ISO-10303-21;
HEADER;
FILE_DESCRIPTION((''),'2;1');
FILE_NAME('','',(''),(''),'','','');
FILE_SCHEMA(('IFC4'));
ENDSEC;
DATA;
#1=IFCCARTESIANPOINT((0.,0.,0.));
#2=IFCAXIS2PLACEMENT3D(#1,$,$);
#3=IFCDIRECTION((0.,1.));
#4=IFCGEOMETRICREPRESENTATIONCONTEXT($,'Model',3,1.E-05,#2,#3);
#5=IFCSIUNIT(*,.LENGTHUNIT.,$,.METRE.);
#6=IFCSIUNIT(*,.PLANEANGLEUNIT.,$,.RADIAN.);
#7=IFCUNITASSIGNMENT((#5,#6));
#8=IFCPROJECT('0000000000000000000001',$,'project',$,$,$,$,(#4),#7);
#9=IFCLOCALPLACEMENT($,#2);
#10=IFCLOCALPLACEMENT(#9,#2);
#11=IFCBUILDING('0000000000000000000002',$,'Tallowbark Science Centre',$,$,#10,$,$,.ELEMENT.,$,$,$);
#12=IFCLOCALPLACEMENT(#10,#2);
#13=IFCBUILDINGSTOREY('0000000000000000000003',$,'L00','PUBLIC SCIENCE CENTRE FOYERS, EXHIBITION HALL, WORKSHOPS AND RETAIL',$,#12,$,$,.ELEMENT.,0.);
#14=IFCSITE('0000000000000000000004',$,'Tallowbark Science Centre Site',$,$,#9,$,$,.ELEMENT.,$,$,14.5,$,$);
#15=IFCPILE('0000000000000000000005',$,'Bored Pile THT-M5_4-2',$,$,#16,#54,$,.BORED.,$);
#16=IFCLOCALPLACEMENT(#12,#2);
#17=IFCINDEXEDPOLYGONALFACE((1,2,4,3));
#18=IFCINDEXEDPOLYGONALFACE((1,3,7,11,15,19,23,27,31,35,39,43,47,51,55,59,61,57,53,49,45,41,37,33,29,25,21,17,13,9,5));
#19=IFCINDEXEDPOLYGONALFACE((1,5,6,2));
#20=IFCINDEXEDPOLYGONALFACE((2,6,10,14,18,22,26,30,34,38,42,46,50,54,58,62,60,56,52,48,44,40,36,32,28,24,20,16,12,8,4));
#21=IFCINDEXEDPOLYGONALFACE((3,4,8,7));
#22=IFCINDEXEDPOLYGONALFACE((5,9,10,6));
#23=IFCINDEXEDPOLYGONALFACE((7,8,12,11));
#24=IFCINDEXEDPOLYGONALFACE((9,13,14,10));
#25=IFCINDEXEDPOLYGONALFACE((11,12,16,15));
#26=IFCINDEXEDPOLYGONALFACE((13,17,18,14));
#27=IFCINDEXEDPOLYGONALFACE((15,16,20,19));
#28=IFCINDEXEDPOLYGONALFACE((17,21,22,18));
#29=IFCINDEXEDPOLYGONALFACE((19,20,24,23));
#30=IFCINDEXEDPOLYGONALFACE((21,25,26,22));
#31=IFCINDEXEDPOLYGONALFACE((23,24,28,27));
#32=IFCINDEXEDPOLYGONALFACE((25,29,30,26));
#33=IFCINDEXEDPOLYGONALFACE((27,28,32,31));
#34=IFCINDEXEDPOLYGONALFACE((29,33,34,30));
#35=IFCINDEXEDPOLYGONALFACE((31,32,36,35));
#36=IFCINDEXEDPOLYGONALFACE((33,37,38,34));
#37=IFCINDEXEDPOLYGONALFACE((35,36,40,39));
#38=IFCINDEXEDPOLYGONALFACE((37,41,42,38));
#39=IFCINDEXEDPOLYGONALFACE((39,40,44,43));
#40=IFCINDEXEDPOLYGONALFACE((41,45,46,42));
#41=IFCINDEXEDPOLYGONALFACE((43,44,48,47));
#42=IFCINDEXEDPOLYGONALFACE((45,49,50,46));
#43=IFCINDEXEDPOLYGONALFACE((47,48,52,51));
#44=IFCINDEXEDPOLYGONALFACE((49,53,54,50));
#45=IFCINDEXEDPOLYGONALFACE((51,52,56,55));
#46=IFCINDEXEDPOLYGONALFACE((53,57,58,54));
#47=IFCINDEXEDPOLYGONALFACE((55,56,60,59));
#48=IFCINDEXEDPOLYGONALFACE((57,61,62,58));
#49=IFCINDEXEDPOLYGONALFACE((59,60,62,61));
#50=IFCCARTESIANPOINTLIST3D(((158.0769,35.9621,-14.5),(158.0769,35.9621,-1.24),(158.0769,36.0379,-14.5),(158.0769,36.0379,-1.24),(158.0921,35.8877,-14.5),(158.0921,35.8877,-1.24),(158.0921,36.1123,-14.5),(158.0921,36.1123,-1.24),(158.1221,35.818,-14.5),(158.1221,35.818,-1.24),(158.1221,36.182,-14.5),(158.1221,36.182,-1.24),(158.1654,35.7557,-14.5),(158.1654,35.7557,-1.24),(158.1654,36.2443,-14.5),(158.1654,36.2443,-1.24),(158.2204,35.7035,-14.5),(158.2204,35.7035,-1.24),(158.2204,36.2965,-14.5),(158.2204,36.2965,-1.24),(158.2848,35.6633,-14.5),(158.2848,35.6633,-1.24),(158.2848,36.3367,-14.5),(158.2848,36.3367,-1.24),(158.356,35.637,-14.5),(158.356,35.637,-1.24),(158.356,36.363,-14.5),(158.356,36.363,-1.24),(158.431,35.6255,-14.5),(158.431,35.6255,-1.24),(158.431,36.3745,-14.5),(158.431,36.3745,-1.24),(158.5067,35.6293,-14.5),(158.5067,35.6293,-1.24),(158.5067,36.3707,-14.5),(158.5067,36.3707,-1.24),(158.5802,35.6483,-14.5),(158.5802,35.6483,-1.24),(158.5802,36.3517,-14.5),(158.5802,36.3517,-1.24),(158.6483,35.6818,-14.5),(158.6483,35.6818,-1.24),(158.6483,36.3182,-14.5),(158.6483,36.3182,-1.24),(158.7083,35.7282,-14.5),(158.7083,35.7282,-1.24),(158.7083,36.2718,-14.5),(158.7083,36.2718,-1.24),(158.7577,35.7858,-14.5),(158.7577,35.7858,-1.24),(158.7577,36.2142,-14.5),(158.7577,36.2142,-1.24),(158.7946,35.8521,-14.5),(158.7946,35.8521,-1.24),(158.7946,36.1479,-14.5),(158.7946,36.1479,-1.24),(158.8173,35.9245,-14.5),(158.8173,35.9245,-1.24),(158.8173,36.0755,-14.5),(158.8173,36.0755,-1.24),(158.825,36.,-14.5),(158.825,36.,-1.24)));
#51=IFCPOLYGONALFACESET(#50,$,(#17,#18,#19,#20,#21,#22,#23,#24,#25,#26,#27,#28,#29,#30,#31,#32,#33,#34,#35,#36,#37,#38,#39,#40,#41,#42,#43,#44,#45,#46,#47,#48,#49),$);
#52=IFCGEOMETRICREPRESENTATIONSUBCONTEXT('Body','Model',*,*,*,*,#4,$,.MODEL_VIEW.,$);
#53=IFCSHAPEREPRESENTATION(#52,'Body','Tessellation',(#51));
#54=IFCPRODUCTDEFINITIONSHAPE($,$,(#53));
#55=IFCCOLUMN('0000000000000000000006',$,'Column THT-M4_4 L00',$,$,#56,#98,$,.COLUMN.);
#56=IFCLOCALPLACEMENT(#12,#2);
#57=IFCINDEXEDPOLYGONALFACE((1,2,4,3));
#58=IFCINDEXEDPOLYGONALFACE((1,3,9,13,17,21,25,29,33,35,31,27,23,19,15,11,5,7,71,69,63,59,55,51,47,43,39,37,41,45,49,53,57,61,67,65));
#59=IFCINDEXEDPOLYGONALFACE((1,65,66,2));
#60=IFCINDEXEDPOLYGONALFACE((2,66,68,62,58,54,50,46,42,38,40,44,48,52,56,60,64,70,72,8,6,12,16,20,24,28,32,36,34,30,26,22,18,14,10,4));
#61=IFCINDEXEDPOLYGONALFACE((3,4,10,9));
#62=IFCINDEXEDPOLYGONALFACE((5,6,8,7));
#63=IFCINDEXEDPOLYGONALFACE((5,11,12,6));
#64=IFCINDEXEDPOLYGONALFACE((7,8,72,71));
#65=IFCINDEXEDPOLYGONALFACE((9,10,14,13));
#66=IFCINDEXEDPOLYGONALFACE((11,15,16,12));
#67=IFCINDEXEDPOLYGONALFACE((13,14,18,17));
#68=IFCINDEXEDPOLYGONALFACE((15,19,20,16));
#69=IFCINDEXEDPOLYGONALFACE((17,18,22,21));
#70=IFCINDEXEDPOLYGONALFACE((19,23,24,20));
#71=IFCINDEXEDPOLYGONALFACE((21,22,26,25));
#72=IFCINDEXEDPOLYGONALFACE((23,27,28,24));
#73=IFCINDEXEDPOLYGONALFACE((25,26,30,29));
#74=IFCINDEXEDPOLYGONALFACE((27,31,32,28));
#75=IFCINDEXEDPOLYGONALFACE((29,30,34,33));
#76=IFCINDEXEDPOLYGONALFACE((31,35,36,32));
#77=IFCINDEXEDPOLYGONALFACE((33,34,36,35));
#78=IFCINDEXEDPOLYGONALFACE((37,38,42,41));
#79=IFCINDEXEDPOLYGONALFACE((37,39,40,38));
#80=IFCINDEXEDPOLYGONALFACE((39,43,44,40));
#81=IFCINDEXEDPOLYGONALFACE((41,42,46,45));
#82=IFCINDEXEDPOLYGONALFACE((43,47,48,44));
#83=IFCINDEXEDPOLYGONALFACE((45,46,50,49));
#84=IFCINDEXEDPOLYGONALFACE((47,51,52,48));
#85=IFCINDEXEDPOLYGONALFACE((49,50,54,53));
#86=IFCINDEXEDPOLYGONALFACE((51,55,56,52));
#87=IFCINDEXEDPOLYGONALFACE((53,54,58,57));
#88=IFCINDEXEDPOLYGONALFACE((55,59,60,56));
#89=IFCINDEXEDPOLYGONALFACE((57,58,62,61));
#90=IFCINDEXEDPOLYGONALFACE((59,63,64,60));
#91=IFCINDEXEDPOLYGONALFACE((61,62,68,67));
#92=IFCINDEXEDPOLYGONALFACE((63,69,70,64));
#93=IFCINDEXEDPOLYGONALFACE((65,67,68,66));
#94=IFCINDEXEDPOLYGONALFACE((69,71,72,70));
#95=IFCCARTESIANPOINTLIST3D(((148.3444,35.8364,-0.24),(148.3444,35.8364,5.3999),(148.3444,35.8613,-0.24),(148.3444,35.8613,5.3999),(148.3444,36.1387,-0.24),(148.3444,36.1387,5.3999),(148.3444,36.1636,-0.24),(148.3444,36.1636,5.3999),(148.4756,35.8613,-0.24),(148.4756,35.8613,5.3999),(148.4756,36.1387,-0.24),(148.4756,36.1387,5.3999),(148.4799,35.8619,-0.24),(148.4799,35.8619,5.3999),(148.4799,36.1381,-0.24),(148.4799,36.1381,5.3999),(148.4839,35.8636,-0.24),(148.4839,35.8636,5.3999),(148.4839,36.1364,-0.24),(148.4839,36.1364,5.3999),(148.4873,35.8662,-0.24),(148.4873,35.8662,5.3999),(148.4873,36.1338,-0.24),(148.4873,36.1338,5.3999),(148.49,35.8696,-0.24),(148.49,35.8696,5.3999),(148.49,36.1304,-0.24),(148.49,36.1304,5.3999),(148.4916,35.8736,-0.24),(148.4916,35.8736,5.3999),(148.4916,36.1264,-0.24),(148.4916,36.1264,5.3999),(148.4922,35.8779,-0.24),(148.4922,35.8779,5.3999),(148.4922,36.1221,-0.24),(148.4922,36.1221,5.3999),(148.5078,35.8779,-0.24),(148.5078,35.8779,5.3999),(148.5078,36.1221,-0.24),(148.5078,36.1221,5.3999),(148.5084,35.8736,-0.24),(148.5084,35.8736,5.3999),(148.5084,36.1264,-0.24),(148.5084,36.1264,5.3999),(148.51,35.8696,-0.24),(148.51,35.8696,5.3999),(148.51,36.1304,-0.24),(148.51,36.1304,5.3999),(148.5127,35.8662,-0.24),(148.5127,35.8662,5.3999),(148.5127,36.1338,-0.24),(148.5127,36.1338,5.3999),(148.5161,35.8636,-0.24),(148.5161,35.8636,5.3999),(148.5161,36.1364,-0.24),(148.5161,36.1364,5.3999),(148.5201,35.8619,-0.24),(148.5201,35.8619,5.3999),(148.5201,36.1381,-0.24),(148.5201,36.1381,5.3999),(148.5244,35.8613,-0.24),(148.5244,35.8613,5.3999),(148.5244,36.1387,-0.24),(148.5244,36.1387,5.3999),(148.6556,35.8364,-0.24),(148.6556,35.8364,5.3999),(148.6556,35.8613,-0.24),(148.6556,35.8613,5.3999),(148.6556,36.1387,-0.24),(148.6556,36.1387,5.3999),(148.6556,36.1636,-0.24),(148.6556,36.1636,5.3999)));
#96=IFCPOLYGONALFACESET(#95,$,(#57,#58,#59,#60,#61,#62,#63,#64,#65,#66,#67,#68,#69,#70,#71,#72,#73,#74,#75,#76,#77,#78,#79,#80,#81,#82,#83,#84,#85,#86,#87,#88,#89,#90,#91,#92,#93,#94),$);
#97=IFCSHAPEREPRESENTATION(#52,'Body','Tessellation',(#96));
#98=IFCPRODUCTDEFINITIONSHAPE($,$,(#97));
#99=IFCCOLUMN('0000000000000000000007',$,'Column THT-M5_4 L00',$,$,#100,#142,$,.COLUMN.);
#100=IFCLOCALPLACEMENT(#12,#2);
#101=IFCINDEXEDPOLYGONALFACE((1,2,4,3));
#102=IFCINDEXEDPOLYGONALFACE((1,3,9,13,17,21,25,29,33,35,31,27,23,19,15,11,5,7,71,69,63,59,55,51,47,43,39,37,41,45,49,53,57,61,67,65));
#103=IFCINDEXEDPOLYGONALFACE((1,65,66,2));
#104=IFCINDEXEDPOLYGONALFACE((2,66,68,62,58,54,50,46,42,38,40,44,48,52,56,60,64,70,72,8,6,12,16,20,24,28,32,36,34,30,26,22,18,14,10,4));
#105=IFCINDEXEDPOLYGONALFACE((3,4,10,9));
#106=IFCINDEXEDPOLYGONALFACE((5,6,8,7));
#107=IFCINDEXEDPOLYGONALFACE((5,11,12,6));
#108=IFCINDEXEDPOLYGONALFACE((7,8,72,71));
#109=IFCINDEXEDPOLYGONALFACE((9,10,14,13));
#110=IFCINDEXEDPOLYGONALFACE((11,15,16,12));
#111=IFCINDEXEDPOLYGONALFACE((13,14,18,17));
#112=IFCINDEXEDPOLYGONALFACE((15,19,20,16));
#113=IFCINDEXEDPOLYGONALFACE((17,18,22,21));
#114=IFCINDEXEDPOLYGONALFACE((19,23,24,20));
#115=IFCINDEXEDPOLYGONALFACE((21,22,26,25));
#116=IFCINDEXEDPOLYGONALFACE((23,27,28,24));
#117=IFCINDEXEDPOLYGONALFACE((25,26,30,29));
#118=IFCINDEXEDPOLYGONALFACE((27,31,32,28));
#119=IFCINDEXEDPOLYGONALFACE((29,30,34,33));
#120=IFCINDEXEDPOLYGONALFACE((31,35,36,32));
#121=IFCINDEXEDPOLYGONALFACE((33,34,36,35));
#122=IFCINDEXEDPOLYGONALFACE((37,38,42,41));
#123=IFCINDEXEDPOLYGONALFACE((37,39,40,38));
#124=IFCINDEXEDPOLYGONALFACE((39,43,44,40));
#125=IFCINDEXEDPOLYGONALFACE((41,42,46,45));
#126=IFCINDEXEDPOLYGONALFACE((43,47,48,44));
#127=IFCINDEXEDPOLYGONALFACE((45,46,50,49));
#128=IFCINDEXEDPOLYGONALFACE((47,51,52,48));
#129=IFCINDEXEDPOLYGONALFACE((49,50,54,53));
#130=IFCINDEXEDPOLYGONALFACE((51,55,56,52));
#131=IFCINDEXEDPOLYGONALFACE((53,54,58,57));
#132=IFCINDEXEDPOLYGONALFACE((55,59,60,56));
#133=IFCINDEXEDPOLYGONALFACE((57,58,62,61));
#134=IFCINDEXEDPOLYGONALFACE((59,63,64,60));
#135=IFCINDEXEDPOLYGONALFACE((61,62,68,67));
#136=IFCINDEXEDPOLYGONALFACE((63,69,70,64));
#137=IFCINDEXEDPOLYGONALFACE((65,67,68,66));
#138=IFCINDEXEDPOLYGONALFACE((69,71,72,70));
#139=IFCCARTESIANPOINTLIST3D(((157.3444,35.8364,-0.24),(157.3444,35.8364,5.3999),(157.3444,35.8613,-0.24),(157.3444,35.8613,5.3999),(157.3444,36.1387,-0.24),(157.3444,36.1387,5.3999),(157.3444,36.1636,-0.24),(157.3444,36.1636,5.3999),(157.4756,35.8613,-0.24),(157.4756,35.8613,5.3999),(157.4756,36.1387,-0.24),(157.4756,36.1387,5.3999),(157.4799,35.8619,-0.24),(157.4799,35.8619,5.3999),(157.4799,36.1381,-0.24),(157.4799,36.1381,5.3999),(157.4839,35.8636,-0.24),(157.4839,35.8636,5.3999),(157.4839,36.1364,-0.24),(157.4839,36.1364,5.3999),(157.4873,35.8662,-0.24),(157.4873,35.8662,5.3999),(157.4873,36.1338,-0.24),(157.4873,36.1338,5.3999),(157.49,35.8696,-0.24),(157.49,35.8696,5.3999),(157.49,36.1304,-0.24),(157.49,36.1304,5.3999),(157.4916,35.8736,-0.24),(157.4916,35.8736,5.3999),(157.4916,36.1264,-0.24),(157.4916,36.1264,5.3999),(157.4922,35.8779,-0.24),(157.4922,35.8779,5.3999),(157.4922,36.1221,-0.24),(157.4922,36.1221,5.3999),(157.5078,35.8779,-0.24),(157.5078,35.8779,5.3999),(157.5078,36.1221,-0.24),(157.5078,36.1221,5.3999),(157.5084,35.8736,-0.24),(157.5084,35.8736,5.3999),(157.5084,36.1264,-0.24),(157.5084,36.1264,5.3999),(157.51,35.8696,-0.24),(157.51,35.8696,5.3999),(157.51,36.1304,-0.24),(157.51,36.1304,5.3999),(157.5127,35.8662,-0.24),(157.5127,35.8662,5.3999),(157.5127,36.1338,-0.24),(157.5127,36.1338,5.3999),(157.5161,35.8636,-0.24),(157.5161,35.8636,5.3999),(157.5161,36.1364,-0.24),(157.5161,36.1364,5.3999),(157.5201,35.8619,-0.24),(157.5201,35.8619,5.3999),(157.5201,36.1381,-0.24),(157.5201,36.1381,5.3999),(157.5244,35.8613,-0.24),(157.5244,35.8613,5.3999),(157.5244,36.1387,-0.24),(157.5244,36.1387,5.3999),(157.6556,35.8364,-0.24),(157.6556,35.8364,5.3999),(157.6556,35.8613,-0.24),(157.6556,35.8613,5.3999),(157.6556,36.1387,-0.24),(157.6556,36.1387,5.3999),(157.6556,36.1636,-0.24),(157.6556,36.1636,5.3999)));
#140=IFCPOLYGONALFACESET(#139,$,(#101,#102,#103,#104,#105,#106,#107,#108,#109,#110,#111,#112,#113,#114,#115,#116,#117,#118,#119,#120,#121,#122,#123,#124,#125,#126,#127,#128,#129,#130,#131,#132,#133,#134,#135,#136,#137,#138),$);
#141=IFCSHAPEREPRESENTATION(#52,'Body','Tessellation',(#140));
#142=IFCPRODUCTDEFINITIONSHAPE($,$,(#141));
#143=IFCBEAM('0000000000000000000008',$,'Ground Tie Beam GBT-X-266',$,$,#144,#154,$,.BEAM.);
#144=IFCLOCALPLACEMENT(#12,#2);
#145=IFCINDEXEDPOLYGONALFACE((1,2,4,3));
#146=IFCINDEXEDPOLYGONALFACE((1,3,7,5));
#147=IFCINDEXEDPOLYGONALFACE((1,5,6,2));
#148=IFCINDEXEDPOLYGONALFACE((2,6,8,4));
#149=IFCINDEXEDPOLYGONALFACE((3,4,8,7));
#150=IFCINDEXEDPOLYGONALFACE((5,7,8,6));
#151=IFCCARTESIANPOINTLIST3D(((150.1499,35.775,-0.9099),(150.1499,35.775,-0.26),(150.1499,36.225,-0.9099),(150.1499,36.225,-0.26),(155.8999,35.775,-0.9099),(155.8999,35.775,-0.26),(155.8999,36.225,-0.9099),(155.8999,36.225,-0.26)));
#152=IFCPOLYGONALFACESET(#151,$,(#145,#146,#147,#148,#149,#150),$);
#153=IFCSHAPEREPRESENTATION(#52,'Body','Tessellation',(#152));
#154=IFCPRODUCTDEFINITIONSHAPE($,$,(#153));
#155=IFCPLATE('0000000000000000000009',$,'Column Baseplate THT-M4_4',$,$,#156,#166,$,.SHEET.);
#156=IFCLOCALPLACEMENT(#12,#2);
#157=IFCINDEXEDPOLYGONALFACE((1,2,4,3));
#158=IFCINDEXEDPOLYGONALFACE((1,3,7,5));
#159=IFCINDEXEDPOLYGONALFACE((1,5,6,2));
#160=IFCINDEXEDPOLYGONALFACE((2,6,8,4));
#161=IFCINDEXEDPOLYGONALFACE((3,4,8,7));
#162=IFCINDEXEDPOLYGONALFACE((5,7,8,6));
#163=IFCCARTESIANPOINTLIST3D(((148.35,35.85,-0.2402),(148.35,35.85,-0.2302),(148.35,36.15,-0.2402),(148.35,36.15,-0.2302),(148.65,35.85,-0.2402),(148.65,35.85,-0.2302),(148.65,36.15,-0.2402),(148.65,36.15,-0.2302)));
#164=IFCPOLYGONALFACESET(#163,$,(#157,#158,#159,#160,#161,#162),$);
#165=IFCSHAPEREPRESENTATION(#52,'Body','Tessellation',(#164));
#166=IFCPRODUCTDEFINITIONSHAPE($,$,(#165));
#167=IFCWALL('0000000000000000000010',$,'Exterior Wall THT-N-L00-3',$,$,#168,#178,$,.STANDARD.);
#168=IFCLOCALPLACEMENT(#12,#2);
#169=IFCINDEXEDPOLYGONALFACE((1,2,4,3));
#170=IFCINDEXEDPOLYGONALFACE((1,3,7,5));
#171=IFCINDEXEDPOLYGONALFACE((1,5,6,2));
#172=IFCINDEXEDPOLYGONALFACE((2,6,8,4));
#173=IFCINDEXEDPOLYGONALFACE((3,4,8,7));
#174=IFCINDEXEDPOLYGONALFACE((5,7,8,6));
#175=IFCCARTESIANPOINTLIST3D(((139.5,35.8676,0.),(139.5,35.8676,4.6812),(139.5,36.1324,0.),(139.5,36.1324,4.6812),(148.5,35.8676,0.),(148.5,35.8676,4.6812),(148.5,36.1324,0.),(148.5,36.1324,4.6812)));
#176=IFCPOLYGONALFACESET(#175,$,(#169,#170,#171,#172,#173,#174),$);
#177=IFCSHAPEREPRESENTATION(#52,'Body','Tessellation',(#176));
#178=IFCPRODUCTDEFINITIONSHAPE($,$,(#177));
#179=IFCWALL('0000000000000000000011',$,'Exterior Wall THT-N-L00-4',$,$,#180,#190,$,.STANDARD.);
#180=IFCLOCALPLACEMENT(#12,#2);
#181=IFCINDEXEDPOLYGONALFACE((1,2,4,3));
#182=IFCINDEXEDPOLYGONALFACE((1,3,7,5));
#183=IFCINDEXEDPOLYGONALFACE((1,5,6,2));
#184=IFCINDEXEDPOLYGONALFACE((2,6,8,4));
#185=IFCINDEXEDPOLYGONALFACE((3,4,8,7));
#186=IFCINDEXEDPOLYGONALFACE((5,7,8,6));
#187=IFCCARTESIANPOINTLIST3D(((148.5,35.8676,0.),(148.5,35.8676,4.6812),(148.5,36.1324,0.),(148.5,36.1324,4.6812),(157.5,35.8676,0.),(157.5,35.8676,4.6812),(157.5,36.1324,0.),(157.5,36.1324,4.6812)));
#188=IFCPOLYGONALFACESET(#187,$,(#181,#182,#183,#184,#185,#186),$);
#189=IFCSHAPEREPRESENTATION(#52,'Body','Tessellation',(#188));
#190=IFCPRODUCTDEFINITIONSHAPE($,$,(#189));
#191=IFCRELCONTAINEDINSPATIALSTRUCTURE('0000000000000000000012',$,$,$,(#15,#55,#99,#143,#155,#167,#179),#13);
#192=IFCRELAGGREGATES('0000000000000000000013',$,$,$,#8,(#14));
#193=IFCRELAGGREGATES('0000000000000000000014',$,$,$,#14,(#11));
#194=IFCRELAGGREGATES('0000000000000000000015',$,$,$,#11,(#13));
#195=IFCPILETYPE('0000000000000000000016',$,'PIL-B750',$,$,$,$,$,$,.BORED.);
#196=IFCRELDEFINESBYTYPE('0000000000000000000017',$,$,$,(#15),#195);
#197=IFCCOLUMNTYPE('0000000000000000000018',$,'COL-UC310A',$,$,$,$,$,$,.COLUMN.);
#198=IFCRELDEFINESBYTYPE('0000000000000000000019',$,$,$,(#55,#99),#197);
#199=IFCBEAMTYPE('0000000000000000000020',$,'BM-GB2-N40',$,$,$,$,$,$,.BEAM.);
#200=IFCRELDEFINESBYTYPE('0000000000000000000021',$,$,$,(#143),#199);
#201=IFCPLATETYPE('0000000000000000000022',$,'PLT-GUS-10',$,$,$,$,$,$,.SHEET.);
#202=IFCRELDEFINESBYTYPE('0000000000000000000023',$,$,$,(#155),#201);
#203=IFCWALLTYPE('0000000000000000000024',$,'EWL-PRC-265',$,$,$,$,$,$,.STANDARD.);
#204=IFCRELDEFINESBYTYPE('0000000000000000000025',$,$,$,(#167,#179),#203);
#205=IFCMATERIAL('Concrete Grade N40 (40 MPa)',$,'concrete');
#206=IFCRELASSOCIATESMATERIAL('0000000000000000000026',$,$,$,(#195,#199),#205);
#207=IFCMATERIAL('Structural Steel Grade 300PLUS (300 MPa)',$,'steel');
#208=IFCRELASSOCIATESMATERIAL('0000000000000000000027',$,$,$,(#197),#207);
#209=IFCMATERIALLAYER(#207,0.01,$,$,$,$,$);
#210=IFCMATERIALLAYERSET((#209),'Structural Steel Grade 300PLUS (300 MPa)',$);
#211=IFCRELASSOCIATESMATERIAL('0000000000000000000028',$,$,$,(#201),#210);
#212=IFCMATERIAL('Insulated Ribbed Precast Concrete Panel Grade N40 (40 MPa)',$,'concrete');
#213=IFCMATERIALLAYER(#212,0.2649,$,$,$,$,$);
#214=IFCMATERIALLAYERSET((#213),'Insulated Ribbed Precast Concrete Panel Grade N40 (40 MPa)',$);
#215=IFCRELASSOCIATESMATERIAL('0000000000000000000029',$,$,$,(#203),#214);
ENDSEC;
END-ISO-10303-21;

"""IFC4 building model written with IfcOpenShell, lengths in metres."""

from ifc_helpers import new_model, si_unit, direction, frame, frame_2d, origin, origin_2d, place, context, subcontext, project, spatial, rectangle, circle, i_section, extrude, material, layer, layer_set, material_profile, profile_set, type_object, element, save


model = new_model("IFC4")

# Units and contexts
model_context = context("Model", 3, precision=1e-05, world=origin(), true_north=direction((0.0, 1.0)))
body_context = subcontext(model_context, "Body", "Model", "MODEL_VIEW")
ifc_project = project(units=[si_unit("LENGTHUNIT", "METRE"), si_unit("PLANEANGLEUNIT", "RADIAN")], contexts=[model_context])

# Site, building, storey
site_placement = place(None, origin())
site = spatial("IfcSite", under=ifc_project, at=site_placement, Name="Tallowbark Science Centre Site", CompositionType="ELEMENT", RefElevation=14.5)
building_placement = place(site_placement, origin())
building = spatial("IfcBuilding", under=site, at=building_placement, Name="Tallowbark Science Centre", CompositionType="ELEMENT")
storey_placement = place(building_placement, origin())
storey = spatial("IfcBuildingStorey", under=building, at=storey_placement, Name="L00", Description="PUBLIC SCIENCE CENTRE FOYERS, EXHIBITION HALL, WORKSHOPS AND RETAIL", CompositionType="ELEMENT", Elevation=0.0)

# Shared definitions
ifc_material_1 = material(Name="Concrete Grade N40 (40 MPa)", Category="concrete")

# Pile
ifc_material_profile_1 = material_profile(ifc_material_1, circle(Radius=0.375, at=origin_2d()), Name="PILE750")
ifc_profile_set_1 = profile_set([ifc_material_profile_1], Name="Concrete Grade N40 (40 MPa)")
pile_type = type_object("IfcPileType", Name="PIL-B750", PredefinedType="BORED", material=ifc_profile_set_1)
for number, where, z_axis, x_axis, name in (
    (1, (158.45, 36.0, -1.24), (0.0, 0.0, -1.0), (1.0, 0.0, 0.0), "Bored Pile THT-M5_4-2"),
):
    element("IfcPile", number, at=place(storey_placement, frame(where, z_axis=z_axis, x_axis=x_axis)), inside=storey, type_object=pile_type, Name=name, PredefinedType="BORED", context=body_context, shape_type="SweptSolid", body=[
        extrude(circle(Radius=0.375, at=origin_2d()), origin(), (0.0, 0.0, 1.0), 13.26),
    ])

# Columns
ifc_material_2 = material(Name="Structural Steel Grade 300PLUS (300 MPa)", Category="steel")
ifc_material_profile_2 = material_profile(ifc_material_2, i_section(OverallWidth=0.3113, OverallDepth=0.3271, WebThickness=0.0156, FlangeThickness=0.0249, FilletRadius=0.0166, at=origin_2d()), Name="310UC158")
ifc_profile_set_2 = profile_set([ifc_material_profile_2], Name="Structural Steel Grade 300PLUS (300 MPa)")
column_type = type_object("IfcColumnType", Name="COL-UC310A", PredefinedType="COLUMN", material=ifc_profile_set_2)
for number, where, z_axis, x_axis, name in (
    (2, (148.5, 36.0, -0.24), (0.0, 0.0, 1.0), (1.0, 0.0, 0.0), "Column THT-M4_4 L00"),
    (3, (157.5, 36.0, -0.24), (0.0, 0.0, 1.0), (1.0, 0.0, 0.0), "Column THT-M5_4 L00"),
):
    element("IfcColumn", number, at=place(storey_placement, frame(where, z_axis=z_axis, x_axis=x_axis)), inside=storey, type_object=column_type, Name=name, PredefinedType="COLUMN", context=body_context, shape_type="SweptSolid", body=[
        extrude(i_section(OverallWidth=0.3113, OverallDepth=0.3271, WebThickness=0.0156, FlangeThickness=0.0249, FilletRadius=0.0166, at=origin_2d()), origin(), (0.0, 0.0, 1.0), 5.6399),
    ])

# Beam
ifc_material_profile_3 = material_profile(ifc_material_1, rectangle(XDim=0.45, YDim=0.6499, at=origin_2d()), Name="RC450x650")
ifc_profile_set_3 = profile_set([ifc_material_profile_3], Name="Concrete Grade N40 (40 MPa)")
beam_type = type_object("IfcBeamType", Name="BM-GB2-N40", PredefinedType="BEAM", material=ifc_profile_set_3)
beam_placement = place(storey_placement, frame((150.1499, 36.0, -0.585), z_axis=(1.0, 0.0, 0.0), x_axis=(0.0, 1.0, 0.0)))
element("IfcBeam", 4, at=beam_placement, inside=storey, type_object=beam_type, Name="Ground Tie Beam GBT-X-266", PredefinedType="BEAM", context=body_context, shape_type="SweptSolid", body=[
    extrude(rectangle(XDim=0.45, YDim=0.6499, at=origin_2d()), origin(), (0.0, 0.0, 1.0), 5.75),
])

# Plate
ifc_layer_1 = layer(ifc_material_2, 0.01)
ifc_layer_set_1 = layer_set([ifc_layer_1], Name="Structural Steel Grade 300PLUS (300 MPa)")
plate_type = type_object("IfcPlateType", Name="PLT-GUS-10", PredefinedType="SHEET", material=ifc_layer_set_1)
plate_placement = place(storey_placement, frame((148.5, 36.0, -0.2402), z_axis=(0.0, 0.0, 1.0), x_axis=(1.0, 0.0, 0.0)))
element("IfcPlate", 5, at=plate_placement, inside=storey, type_object=plate_type, Name="Column Baseplate THT-M4_4", PredefinedType="SHEET", context=body_context, shape_type="SweptSolid", body=[
    extrude(rectangle(XDim=0.3, YDim=0.3, at=origin_2d()), origin(), (0.0, 0.0, 1.0), 0.01),
])

# Walls
ifc_material_3 = material(Name="Insulated Ribbed Precast Concrete Panel Grade N40 (40 MPa)", Category="concrete")
ifc_layer_2 = layer(ifc_material_3, 0.2649)
ifc_layer_set_2 = layer_set([ifc_layer_2], Name="Insulated Ribbed Precast Concrete Panel Grade N40 (40 MPa)")
wall_type = type_object("IfcWallType", Name="EWL-PRC-265", PredefinedType="STANDARD", material=ifc_layer_set_2)
for number, where, z_axis, x_axis, name in (
    (6, (148.5, 36.0, 0.0), (0.0, 0.0, 1.0), (-1.0, 0.0, 0.0), "Exterior Wall THT-N-L00-3"),
    (7, (157.5, 36.0, 0.0), (0.0, 0.0, 1.0), (-1.0, 0.0, 0.0), "Exterior Wall THT-N-L00-4"),
):
    element("IfcWall", number, at=place(storey_placement, frame(where, z_axis=z_axis, x_axis=x_axis)), inside=storey, type_object=wall_type, Name=name, PredefinedType="STANDARD", context=body_context, shape_type="SweptSolid", body=[
        extrude(rectangle(XDim=9.0, YDim=0.2649, at=frame_2d((4.5, 0.0))), origin(), (0.0, 0.0, 1.0), 4.6812),
    ])

save(model, "model.ifc")
